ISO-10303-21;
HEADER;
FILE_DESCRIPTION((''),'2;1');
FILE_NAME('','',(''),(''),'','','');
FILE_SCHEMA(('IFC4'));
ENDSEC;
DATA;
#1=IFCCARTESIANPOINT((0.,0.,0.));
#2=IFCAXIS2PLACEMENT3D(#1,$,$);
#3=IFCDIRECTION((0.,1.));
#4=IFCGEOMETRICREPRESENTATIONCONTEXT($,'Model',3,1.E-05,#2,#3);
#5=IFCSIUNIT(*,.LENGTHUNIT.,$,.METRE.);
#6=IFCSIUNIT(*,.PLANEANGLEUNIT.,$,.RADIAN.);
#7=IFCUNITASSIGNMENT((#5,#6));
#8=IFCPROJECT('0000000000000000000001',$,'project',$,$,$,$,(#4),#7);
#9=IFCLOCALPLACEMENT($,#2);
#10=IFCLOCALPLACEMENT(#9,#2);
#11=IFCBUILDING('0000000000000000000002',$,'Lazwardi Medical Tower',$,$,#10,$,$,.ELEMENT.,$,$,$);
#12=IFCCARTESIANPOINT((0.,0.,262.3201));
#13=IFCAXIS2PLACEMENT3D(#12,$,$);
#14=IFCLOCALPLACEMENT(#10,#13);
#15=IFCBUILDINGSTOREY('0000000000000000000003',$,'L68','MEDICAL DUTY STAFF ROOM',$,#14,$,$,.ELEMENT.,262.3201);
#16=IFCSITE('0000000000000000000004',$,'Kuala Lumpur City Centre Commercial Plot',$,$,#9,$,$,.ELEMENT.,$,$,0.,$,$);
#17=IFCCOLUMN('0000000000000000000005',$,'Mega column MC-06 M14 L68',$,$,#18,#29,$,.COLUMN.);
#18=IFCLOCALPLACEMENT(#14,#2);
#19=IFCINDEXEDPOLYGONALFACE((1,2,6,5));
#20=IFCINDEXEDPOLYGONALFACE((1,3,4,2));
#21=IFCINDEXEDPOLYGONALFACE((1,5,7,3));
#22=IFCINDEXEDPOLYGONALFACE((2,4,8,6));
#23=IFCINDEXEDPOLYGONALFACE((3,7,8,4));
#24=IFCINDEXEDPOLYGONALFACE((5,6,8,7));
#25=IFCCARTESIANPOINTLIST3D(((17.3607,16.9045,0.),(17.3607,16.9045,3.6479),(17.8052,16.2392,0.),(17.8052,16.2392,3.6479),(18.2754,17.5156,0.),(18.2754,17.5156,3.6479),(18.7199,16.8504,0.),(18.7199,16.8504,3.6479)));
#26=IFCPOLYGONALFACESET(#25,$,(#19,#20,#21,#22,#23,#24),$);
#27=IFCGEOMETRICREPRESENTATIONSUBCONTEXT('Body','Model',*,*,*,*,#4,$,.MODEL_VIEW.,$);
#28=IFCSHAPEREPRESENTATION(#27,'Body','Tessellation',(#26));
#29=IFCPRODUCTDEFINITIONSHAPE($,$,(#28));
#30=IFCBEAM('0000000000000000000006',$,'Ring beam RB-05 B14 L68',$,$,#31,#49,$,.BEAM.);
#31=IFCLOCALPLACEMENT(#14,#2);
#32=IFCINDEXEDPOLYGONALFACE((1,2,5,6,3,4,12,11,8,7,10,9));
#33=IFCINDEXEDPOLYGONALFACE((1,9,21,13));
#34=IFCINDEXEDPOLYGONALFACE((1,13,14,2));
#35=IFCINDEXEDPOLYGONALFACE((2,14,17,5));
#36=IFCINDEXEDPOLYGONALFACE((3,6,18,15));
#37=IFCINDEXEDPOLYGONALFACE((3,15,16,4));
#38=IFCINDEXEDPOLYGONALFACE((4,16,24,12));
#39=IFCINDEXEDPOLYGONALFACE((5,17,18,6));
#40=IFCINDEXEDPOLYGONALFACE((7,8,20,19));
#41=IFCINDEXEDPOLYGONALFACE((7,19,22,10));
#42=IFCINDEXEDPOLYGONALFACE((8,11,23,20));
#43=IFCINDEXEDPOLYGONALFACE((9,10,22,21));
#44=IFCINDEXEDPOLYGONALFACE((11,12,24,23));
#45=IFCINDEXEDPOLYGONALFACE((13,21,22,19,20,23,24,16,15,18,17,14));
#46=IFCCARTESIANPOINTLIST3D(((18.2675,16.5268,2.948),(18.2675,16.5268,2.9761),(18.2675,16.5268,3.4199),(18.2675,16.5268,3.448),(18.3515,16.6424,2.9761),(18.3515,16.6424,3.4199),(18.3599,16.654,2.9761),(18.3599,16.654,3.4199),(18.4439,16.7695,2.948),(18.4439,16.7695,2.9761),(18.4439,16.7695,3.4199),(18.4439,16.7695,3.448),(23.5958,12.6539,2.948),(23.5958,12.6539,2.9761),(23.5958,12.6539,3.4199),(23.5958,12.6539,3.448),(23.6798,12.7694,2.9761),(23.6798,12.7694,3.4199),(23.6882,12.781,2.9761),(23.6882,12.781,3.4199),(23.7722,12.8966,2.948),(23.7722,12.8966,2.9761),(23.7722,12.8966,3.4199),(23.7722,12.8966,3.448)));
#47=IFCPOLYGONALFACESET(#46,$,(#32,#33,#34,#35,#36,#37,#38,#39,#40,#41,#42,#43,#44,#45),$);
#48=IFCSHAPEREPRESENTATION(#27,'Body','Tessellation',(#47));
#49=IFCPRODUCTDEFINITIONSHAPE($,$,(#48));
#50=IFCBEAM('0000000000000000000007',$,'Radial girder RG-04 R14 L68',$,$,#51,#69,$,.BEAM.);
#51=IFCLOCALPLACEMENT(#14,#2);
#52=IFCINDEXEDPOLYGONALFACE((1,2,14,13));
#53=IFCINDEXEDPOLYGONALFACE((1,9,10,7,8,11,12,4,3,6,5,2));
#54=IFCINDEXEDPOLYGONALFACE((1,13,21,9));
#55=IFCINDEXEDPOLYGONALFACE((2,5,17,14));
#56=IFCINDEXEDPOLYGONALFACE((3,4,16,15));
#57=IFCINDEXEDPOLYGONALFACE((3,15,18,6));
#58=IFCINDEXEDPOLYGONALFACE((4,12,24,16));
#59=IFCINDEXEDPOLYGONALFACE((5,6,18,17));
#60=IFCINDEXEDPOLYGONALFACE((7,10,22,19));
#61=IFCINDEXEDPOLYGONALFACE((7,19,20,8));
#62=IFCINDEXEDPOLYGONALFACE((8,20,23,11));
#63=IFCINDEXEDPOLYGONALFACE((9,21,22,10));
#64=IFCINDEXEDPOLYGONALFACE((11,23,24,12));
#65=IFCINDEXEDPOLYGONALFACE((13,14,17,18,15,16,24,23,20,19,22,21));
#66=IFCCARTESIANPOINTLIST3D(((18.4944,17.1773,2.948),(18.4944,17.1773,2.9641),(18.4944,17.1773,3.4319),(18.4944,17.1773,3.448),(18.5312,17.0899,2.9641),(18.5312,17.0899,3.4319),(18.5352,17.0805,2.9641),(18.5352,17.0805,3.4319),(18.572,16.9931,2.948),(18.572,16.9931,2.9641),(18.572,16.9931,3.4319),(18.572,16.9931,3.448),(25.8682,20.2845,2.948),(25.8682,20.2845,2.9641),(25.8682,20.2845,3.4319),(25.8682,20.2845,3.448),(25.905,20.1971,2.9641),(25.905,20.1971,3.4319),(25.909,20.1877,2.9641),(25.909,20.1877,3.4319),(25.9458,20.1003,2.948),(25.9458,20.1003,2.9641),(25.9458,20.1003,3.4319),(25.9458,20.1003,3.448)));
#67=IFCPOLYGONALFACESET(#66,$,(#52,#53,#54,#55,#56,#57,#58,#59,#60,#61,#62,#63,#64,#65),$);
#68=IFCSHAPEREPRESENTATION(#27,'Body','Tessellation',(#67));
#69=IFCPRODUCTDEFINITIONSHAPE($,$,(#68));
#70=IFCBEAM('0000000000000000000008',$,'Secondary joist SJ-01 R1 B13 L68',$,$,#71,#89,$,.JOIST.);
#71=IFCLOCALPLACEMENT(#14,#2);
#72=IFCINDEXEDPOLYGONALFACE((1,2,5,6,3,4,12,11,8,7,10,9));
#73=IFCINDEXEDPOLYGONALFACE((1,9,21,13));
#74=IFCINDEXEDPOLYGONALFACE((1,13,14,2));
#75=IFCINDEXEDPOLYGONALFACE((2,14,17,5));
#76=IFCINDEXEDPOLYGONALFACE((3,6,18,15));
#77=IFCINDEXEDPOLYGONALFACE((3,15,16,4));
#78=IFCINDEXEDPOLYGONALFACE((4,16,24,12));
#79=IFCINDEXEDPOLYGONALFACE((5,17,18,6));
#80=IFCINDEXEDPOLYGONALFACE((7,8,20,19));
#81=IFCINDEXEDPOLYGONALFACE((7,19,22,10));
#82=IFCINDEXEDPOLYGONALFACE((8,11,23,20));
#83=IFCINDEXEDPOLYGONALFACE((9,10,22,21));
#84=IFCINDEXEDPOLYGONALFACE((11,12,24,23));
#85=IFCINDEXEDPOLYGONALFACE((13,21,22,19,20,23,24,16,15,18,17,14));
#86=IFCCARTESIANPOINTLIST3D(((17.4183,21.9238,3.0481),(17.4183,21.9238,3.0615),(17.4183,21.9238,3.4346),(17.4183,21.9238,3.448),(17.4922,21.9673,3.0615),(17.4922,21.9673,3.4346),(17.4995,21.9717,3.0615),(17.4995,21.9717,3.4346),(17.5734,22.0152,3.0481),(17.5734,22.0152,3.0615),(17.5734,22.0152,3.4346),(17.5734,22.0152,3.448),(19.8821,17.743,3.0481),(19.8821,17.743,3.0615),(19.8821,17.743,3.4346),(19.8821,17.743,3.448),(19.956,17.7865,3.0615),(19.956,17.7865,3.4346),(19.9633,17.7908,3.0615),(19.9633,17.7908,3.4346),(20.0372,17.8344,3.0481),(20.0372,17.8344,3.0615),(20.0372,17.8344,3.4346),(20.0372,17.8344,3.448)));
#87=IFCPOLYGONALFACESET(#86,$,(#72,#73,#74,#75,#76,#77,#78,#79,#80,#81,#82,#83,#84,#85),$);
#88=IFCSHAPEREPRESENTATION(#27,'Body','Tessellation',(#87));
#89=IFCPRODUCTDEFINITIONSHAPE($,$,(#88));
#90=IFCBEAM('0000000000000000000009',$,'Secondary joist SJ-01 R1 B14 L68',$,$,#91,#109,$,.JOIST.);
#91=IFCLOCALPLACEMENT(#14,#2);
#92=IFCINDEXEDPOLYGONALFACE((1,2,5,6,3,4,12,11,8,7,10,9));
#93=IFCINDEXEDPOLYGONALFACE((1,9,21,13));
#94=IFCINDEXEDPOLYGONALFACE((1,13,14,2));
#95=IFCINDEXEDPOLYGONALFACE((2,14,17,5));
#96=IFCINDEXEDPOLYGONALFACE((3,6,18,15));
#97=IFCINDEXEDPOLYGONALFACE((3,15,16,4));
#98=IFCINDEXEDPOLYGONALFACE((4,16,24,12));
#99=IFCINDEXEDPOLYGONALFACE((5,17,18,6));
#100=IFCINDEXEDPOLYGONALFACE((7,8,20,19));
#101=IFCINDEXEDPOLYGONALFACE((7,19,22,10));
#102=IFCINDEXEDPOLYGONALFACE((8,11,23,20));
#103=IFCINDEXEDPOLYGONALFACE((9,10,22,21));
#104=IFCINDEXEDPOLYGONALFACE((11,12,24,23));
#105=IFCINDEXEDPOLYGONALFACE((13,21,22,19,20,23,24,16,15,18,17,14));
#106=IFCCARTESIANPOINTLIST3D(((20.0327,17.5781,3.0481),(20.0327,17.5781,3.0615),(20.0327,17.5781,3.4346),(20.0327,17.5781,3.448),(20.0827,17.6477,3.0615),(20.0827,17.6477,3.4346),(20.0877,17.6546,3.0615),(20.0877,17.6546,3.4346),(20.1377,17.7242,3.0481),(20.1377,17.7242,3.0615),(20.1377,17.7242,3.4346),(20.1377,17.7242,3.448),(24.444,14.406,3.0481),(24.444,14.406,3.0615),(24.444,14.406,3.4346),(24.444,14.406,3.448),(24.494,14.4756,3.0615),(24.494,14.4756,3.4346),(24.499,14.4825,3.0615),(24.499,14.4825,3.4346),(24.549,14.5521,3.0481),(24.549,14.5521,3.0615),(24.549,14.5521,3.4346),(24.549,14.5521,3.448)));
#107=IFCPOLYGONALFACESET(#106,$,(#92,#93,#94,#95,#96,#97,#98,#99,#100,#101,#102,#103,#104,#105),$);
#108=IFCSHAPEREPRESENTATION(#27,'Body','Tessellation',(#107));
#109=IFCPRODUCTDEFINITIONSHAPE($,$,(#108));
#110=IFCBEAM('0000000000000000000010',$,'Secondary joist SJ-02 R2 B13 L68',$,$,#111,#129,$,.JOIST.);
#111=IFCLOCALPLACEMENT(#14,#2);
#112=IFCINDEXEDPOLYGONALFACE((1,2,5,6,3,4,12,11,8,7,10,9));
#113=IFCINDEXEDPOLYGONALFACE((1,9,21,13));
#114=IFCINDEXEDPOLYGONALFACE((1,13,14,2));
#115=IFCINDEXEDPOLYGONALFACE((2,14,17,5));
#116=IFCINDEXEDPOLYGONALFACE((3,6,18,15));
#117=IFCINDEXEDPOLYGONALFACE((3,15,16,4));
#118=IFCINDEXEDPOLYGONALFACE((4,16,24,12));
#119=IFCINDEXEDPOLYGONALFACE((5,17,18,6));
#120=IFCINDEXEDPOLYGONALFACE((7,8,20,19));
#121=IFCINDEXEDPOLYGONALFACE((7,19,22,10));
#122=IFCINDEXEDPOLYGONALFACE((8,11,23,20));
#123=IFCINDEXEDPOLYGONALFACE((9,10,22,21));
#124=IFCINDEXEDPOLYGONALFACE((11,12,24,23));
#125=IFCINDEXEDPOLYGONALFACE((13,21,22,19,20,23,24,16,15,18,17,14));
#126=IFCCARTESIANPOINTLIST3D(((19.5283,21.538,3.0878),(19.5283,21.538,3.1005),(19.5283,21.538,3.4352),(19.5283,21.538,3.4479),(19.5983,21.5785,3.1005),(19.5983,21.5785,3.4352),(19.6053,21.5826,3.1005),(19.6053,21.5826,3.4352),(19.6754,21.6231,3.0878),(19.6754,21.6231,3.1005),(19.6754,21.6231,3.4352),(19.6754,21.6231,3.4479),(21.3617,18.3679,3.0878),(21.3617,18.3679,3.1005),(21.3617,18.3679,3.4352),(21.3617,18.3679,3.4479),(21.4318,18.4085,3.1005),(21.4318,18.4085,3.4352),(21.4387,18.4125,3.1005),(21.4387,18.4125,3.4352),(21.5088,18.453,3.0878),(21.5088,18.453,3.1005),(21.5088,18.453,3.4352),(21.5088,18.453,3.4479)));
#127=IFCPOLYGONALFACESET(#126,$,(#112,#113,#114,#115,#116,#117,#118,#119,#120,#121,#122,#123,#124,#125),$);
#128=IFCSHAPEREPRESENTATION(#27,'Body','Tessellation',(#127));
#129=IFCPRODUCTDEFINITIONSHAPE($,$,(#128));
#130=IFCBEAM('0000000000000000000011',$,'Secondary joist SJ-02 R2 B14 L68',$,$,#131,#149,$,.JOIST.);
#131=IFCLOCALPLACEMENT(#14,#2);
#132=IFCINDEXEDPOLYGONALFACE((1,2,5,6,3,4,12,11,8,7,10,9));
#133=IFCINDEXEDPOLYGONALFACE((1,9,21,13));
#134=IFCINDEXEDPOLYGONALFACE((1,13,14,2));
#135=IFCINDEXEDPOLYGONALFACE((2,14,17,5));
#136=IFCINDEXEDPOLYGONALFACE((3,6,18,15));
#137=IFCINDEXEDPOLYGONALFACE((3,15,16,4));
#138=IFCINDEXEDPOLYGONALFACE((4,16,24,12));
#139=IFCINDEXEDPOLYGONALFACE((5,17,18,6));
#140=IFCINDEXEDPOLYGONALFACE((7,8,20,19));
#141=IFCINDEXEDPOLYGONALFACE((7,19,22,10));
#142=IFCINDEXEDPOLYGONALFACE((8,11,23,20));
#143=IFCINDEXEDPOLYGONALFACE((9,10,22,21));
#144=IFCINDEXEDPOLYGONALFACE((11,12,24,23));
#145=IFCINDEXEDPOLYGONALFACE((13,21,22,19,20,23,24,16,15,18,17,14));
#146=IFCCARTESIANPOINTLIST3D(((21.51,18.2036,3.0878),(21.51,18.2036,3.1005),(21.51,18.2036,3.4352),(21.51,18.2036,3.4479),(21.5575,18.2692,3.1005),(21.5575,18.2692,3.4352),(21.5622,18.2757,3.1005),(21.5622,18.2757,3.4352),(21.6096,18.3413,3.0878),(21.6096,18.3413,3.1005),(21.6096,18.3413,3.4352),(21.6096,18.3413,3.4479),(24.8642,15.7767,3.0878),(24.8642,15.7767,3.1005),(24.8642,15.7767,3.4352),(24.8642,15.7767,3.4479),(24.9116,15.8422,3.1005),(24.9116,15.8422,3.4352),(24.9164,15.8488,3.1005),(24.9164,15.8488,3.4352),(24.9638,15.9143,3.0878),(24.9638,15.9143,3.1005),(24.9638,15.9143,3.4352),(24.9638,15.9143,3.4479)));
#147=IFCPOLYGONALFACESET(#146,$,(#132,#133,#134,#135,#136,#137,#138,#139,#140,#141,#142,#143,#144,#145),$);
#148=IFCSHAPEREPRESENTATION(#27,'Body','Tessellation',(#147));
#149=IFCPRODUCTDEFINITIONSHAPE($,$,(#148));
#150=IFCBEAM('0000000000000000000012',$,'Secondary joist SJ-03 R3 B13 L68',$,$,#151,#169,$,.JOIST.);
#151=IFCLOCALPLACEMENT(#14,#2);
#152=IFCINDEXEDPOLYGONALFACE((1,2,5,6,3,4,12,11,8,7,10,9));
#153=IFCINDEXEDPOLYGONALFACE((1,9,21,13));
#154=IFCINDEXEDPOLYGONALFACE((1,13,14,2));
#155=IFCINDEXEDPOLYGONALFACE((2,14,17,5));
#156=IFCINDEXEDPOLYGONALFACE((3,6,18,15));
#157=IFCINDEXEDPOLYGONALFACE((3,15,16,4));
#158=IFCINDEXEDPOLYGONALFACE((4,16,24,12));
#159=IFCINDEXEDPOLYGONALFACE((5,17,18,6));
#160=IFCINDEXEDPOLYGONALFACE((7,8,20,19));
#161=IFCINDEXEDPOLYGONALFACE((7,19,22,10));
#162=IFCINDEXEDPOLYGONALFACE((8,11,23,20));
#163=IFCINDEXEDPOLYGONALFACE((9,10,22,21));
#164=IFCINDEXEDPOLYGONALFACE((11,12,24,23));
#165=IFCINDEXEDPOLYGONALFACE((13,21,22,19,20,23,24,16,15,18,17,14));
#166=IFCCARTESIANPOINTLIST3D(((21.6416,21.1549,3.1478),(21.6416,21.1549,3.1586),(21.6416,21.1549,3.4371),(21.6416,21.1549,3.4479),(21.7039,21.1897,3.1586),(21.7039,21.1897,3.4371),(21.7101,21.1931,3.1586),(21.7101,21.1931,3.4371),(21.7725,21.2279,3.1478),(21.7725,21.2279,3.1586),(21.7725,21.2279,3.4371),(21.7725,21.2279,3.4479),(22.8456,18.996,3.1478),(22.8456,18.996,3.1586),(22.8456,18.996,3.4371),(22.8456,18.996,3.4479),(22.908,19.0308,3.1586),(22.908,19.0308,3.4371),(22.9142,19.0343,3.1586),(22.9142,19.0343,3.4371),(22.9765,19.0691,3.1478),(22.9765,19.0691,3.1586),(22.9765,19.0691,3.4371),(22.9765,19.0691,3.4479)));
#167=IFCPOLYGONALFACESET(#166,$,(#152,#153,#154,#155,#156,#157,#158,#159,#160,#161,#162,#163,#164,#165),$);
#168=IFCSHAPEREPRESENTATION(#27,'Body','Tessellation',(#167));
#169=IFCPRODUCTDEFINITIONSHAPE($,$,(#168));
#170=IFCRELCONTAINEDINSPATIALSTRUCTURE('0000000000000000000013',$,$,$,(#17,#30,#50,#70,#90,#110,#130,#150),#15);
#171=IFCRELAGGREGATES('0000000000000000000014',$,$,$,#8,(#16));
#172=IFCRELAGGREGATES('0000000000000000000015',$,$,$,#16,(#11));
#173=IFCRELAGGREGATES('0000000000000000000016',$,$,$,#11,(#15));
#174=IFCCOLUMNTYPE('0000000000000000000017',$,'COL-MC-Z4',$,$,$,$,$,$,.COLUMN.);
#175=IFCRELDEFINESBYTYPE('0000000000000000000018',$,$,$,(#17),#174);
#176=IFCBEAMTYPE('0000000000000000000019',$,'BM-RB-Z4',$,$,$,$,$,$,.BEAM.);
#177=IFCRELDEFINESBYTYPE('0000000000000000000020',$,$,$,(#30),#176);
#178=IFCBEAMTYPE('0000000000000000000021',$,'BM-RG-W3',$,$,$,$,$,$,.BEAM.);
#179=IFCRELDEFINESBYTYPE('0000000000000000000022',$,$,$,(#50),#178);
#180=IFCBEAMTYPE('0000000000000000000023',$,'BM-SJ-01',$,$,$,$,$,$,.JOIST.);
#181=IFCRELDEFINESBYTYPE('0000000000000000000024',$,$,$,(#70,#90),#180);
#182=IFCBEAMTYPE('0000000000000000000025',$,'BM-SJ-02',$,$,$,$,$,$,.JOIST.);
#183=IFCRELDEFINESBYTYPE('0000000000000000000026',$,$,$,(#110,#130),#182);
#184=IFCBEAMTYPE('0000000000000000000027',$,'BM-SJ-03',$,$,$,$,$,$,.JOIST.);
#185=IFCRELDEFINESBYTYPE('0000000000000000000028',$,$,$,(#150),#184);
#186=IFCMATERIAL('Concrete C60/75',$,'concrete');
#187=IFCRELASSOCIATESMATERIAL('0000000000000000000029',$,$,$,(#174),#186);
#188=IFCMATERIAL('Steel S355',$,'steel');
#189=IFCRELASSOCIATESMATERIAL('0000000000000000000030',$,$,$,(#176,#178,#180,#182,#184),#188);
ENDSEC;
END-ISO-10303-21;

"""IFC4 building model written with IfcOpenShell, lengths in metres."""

from ifc_helpers import new_model, si_unit, direction, frame, origin, origin_2d, place, context, subcontext, project, spatial, rectangle, i_section, extrude, material, material_profile, profile_set, type_object, element, save


model = new_model("IFC4")

# Units and contexts
model_context = context("Model", 3, precision=1e-05, world=origin(), true_north=direction((0.0, 1.0)))
body_context = subcontext(model_context, "Body", "Model", "MODEL_VIEW")
ifc_project = project(units=[si_unit("LENGTHUNIT", "METRE"), si_unit("PLANEANGLEUNIT", "RADIAN")], contexts=[model_context])

# Site, building, storey
site_placement = place(None, origin())
site = spatial("IfcSite", under=ifc_project, at=site_placement, Name="Kuala Lumpur City Centre Commercial Plot", CompositionType="ELEMENT", RefElevation=0.0)
building_placement = place(site_placement, origin())
building = spatial("IfcBuilding", under=site, at=building_placement, Name="Lazwardi Medical Tower", CompositionType="ELEMENT")
storey_placement = place(building_placement, frame((0.0, 0.0, 262.3201)))
storey = spatial("IfcBuildingStorey", under=building, at=storey_placement, Name="L68", Description="MEDICAL DUTY STAFF ROOM", CompositionType="ELEMENT", Elevation=262.3201)

# Column
ifc_material_1 = material(Name="Concrete C60/75", Category="concrete")
ifc_material_profile_1 = material_profile(ifc_material_1, rectangle(XDim=1.1001, YDim=0.8, at=origin_2d()), Name="CFT-RECT 1100x800")
ifc_profile_set_1 = profile_set([ifc_material_profile_1], Name="Concrete C60/75")
column_type = type_object("IfcColumnType", Name="COL-MC-Z4", PredefinedType="COLUMN", material=ifc_profile_set_1)
column_placement = place(storey_placement, frame((18.0403, 16.8774, 0.0), z_axis=(0.0, 0.0, 1.0), x_axis=(-0.83147, -0.55557, 0.0)))
element("IfcColumn", 1, at=column_placement, inside=storey, type_object=column_type, Name="Mega column MC-06 M14 L68", PredefinedType="COLUMN", context=body_context, shape_type="SweptSolid", body=[
    extrude(rectangle(XDim=1.1001, YDim=0.8, at=origin_2d()), origin(), (0.0, 0.0, 1.0), 3.6479),
])

# Beams
ifc_material_2 = material(Name="Steel S355", Category="steel")
ifc_material_profile_2 = material_profile(ifc_material_2, i_section(OverallWidth=0.3, OverallDepth=0.5, WebThickness=0.0144, FlangeThickness=0.0281, at=origin_2d()), Name="HEB 500")
ifc_profile_set_2 = profile_set([ifc_material_profile_2], Name="Steel S355")
beam_type_1 = type_object("IfcBeamType", Name="BM-RB-Z4", PredefinedType="BEAM", material=ifc_profile_set_2)
beam_1_placement = place(storey_placement, frame((18.3557, 16.6482, 3.198), z_axis=(0.80889, -0.58796, 0.0), x_axis=(0.58796, 0.80889, 0.0)))
element("IfcBeam", 2, at=beam_1_placement, inside=storey, type_object=beam_type_1, Name="Ring beam RB-05 B14 L68", PredefinedType="BEAM", context=body_context, shape_type="SweptSolid", body=[
    extrude(i_section(OverallWidth=0.3, OverallDepth=0.5, WebThickness=0.0144, FlangeThickness=0.0281, at=origin_2d()), origin(), (0.0, 0.0, 1.0), 6.5872),
])
ifc_material_profile_3 = material_profile(ifc_material_2, i_section(OverallWidth=0.2, OverallDepth=0.5, WebThickness=0.0103, FlangeThickness=0.0161, at=origin_2d()), Name="IPE 500")
ifc_profile_set_3 = profile_set([ifc_material_profile_3], Name="Steel S355")
beam_type_2 = type_object("IfcBeamType", Name="BM-RG-W3", PredefinedType="BEAM", material=ifc_profile_set_3)
beam_2_placement = place(storey_placement, frame((18.5332, 17.0852, 3.198), z_axis=(0.921527, 0.388315, 0.0), x_axis=(-0.388315, 0.921527, 0.0)))
element("IfcBeam", 3, at=beam_2_placement, inside=storey, type_object=beam_type_2, Name="Radial girder RG-04 R14 L68", PredefinedType="BEAM", context=body_context, shape_type="SweptSolid", body=[
    extrude(i_section(OverallWidth=0.2, OverallDepth=0.5, WebThickness=0.0103, FlangeThickness=0.0161, at=origin_2d()), origin(), (0.0, 0.0, 1.0), 8.0017),
])
ifc_material_profile_4 = material_profile(ifc_material_2, i_section(OverallWidth=0.1799, OverallDepth=0.3999, WebThickness=0.0085, FlangeThickness=0.0134, at=origin_2d()), Name="IPE 400")
ifc_profile_set_4 = profile_set([ifc_material_profile_4], Name="Steel S355")
beam_type_3 = type_object("IfcBeamType", Name="BM-SJ-01", PredefinedType="JOIST", material=ifc_profile_set_4)
beam_3_placement = place(storey_placement, frame((17.4958, 21.9695, 3.248), z_axis=(0.50771, -0.861528, 0.0), x_axis=(0.861528, 0.50771, 0.0)))
element("IfcBeam", 4, at=beam_3_placement, inside=storey, type_object=beam_type_3, Name="Secondary joist SJ-01 R1 B13 L68", PredefinedType="JOIST", context=body_context, shape_type="SweptSolid", body=[
    extrude(i_section(OverallWidth=0.1799, OverallDepth=0.3999, WebThickness=0.0085, FlangeThickness=0.0134, at=origin_2d()), origin(), (0.0, 0.0, 1.0), 4.8528),
])
beam_4_placement = place(storey_placement, frame((20.0852, 17.6511, 3.248), z_axis=(0.81189, -0.583811, 0.0), x_axis=(0.583811, 0.81189, 0.0)))
element("IfcBeam", 5, at=beam_4_placement, inside=storey, type_object=beam_type_3, Name="Secondary joist SJ-01 R1 B14 L68", PredefinedType="JOIST", context=body_context, shape_type="SweptSolid", body=[
    extrude(i_section(OverallWidth=0.1799, OverallDepth=0.3999, WebThickness=0.0085, FlangeThickness=0.0134, at=origin_2d()), origin(), (0.0, 0.0, 1.0), 5.4333),
])
ifc_material_profile_5 = material_profile(ifc_material_2, i_section(OverallWidth=0.1699, OverallDepth=0.3601, WebThickness=0.0081, FlangeThickness=0.0127, at=origin_2d()), Name="IPE 360")
ifc_profile_set_5 = profile_set([ifc_material_profile_5], Name="Steel S355")
beam_type_4 = type_object("IfcBeamType", Name="BM-SJ-02", PredefinedType="JOIST", material=ifc_profile_set_5)
beam_5_placement = place(storey_placement, frame((19.6018, 21.5806, 3.2678), z_axis=(0.500655, -0.865647, 0.0), x_axis=(0.865647, 0.500655, 0.0)))
element("IfcBeam", 6, at=beam_5_placement, inside=storey, type_object=beam_type_4, Name="Secondary joist SJ-02 R2 B13 L68", PredefinedType="JOIST", context=body_context, shape_type="SweptSolid", body=[
    extrude(i_section(OverallWidth=0.1699, OverallDepth=0.3601, WebThickness=0.0081, FlangeThickness=0.0127, at=origin_2d()), origin(), (0.0, 0.0, 1.0), 3.6621),
])
beam_6_placement = place(storey_placement, frame((21.5598, 18.2725, 3.2678), z_axis=(0.810164, -0.586203, 0.0), x_axis=(0.586203, 0.810164, 0.0)))
element("IfcBeam", 7, at=beam_6_placement, inside=storey, type_object=beam_type_4, Name="Secondary joist SJ-02 R2 B14 L68", PredefinedType="JOIST", context=body_context, shape_type="SweptSolid", body=[
    extrude(i_section(OverallWidth=0.1699, OverallDepth=0.3601, WebThickness=0.0081, FlangeThickness=0.0127, at=origin_2d()), origin(), (0.0, 0.0, 1.0), 4.1401),
])
ifc_material_profile_6 = material_profile(ifc_material_2, i_section(OverallWidth=0.1499, OverallDepth=0.3, WebThickness=0.0071, FlangeThickness=0.0107, at=origin_2d()), Name="IPE 300")
ifc_profile_set_6 = profile_set([ifc_material_profile_6], Name="Steel S355")
beam_type_5 = type_object("IfcBeamType", Name="BM-SJ-03", PredefinedType="JOIST", material=ifc_profile_set_6)
beam_7_placement = place(storey_placement, frame((21.707, 21.1914, 3.2979), z_axis=(0.487093, -0.87335, 0.0), x_axis=(0.87335, 0.487093, 0.0)))
element("IfcBeam", 8, at=beam_7_placement, inside=storey, type_object=beam_type_5, Name="Secondary joist SJ-03 R3 B13 L68", PredefinedType="JOIST", context=body_context, shape_type="SweptSolid", body=[
    extrude(i_section(OverallWidth=0.1499, OverallDepth=0.3, WebThickness=0.0071, FlangeThickness=0.0107, at=origin_2d()), origin(), (0.0, 0.0, 1.0), 2.4719),
])

save(model, "model.ifc")
